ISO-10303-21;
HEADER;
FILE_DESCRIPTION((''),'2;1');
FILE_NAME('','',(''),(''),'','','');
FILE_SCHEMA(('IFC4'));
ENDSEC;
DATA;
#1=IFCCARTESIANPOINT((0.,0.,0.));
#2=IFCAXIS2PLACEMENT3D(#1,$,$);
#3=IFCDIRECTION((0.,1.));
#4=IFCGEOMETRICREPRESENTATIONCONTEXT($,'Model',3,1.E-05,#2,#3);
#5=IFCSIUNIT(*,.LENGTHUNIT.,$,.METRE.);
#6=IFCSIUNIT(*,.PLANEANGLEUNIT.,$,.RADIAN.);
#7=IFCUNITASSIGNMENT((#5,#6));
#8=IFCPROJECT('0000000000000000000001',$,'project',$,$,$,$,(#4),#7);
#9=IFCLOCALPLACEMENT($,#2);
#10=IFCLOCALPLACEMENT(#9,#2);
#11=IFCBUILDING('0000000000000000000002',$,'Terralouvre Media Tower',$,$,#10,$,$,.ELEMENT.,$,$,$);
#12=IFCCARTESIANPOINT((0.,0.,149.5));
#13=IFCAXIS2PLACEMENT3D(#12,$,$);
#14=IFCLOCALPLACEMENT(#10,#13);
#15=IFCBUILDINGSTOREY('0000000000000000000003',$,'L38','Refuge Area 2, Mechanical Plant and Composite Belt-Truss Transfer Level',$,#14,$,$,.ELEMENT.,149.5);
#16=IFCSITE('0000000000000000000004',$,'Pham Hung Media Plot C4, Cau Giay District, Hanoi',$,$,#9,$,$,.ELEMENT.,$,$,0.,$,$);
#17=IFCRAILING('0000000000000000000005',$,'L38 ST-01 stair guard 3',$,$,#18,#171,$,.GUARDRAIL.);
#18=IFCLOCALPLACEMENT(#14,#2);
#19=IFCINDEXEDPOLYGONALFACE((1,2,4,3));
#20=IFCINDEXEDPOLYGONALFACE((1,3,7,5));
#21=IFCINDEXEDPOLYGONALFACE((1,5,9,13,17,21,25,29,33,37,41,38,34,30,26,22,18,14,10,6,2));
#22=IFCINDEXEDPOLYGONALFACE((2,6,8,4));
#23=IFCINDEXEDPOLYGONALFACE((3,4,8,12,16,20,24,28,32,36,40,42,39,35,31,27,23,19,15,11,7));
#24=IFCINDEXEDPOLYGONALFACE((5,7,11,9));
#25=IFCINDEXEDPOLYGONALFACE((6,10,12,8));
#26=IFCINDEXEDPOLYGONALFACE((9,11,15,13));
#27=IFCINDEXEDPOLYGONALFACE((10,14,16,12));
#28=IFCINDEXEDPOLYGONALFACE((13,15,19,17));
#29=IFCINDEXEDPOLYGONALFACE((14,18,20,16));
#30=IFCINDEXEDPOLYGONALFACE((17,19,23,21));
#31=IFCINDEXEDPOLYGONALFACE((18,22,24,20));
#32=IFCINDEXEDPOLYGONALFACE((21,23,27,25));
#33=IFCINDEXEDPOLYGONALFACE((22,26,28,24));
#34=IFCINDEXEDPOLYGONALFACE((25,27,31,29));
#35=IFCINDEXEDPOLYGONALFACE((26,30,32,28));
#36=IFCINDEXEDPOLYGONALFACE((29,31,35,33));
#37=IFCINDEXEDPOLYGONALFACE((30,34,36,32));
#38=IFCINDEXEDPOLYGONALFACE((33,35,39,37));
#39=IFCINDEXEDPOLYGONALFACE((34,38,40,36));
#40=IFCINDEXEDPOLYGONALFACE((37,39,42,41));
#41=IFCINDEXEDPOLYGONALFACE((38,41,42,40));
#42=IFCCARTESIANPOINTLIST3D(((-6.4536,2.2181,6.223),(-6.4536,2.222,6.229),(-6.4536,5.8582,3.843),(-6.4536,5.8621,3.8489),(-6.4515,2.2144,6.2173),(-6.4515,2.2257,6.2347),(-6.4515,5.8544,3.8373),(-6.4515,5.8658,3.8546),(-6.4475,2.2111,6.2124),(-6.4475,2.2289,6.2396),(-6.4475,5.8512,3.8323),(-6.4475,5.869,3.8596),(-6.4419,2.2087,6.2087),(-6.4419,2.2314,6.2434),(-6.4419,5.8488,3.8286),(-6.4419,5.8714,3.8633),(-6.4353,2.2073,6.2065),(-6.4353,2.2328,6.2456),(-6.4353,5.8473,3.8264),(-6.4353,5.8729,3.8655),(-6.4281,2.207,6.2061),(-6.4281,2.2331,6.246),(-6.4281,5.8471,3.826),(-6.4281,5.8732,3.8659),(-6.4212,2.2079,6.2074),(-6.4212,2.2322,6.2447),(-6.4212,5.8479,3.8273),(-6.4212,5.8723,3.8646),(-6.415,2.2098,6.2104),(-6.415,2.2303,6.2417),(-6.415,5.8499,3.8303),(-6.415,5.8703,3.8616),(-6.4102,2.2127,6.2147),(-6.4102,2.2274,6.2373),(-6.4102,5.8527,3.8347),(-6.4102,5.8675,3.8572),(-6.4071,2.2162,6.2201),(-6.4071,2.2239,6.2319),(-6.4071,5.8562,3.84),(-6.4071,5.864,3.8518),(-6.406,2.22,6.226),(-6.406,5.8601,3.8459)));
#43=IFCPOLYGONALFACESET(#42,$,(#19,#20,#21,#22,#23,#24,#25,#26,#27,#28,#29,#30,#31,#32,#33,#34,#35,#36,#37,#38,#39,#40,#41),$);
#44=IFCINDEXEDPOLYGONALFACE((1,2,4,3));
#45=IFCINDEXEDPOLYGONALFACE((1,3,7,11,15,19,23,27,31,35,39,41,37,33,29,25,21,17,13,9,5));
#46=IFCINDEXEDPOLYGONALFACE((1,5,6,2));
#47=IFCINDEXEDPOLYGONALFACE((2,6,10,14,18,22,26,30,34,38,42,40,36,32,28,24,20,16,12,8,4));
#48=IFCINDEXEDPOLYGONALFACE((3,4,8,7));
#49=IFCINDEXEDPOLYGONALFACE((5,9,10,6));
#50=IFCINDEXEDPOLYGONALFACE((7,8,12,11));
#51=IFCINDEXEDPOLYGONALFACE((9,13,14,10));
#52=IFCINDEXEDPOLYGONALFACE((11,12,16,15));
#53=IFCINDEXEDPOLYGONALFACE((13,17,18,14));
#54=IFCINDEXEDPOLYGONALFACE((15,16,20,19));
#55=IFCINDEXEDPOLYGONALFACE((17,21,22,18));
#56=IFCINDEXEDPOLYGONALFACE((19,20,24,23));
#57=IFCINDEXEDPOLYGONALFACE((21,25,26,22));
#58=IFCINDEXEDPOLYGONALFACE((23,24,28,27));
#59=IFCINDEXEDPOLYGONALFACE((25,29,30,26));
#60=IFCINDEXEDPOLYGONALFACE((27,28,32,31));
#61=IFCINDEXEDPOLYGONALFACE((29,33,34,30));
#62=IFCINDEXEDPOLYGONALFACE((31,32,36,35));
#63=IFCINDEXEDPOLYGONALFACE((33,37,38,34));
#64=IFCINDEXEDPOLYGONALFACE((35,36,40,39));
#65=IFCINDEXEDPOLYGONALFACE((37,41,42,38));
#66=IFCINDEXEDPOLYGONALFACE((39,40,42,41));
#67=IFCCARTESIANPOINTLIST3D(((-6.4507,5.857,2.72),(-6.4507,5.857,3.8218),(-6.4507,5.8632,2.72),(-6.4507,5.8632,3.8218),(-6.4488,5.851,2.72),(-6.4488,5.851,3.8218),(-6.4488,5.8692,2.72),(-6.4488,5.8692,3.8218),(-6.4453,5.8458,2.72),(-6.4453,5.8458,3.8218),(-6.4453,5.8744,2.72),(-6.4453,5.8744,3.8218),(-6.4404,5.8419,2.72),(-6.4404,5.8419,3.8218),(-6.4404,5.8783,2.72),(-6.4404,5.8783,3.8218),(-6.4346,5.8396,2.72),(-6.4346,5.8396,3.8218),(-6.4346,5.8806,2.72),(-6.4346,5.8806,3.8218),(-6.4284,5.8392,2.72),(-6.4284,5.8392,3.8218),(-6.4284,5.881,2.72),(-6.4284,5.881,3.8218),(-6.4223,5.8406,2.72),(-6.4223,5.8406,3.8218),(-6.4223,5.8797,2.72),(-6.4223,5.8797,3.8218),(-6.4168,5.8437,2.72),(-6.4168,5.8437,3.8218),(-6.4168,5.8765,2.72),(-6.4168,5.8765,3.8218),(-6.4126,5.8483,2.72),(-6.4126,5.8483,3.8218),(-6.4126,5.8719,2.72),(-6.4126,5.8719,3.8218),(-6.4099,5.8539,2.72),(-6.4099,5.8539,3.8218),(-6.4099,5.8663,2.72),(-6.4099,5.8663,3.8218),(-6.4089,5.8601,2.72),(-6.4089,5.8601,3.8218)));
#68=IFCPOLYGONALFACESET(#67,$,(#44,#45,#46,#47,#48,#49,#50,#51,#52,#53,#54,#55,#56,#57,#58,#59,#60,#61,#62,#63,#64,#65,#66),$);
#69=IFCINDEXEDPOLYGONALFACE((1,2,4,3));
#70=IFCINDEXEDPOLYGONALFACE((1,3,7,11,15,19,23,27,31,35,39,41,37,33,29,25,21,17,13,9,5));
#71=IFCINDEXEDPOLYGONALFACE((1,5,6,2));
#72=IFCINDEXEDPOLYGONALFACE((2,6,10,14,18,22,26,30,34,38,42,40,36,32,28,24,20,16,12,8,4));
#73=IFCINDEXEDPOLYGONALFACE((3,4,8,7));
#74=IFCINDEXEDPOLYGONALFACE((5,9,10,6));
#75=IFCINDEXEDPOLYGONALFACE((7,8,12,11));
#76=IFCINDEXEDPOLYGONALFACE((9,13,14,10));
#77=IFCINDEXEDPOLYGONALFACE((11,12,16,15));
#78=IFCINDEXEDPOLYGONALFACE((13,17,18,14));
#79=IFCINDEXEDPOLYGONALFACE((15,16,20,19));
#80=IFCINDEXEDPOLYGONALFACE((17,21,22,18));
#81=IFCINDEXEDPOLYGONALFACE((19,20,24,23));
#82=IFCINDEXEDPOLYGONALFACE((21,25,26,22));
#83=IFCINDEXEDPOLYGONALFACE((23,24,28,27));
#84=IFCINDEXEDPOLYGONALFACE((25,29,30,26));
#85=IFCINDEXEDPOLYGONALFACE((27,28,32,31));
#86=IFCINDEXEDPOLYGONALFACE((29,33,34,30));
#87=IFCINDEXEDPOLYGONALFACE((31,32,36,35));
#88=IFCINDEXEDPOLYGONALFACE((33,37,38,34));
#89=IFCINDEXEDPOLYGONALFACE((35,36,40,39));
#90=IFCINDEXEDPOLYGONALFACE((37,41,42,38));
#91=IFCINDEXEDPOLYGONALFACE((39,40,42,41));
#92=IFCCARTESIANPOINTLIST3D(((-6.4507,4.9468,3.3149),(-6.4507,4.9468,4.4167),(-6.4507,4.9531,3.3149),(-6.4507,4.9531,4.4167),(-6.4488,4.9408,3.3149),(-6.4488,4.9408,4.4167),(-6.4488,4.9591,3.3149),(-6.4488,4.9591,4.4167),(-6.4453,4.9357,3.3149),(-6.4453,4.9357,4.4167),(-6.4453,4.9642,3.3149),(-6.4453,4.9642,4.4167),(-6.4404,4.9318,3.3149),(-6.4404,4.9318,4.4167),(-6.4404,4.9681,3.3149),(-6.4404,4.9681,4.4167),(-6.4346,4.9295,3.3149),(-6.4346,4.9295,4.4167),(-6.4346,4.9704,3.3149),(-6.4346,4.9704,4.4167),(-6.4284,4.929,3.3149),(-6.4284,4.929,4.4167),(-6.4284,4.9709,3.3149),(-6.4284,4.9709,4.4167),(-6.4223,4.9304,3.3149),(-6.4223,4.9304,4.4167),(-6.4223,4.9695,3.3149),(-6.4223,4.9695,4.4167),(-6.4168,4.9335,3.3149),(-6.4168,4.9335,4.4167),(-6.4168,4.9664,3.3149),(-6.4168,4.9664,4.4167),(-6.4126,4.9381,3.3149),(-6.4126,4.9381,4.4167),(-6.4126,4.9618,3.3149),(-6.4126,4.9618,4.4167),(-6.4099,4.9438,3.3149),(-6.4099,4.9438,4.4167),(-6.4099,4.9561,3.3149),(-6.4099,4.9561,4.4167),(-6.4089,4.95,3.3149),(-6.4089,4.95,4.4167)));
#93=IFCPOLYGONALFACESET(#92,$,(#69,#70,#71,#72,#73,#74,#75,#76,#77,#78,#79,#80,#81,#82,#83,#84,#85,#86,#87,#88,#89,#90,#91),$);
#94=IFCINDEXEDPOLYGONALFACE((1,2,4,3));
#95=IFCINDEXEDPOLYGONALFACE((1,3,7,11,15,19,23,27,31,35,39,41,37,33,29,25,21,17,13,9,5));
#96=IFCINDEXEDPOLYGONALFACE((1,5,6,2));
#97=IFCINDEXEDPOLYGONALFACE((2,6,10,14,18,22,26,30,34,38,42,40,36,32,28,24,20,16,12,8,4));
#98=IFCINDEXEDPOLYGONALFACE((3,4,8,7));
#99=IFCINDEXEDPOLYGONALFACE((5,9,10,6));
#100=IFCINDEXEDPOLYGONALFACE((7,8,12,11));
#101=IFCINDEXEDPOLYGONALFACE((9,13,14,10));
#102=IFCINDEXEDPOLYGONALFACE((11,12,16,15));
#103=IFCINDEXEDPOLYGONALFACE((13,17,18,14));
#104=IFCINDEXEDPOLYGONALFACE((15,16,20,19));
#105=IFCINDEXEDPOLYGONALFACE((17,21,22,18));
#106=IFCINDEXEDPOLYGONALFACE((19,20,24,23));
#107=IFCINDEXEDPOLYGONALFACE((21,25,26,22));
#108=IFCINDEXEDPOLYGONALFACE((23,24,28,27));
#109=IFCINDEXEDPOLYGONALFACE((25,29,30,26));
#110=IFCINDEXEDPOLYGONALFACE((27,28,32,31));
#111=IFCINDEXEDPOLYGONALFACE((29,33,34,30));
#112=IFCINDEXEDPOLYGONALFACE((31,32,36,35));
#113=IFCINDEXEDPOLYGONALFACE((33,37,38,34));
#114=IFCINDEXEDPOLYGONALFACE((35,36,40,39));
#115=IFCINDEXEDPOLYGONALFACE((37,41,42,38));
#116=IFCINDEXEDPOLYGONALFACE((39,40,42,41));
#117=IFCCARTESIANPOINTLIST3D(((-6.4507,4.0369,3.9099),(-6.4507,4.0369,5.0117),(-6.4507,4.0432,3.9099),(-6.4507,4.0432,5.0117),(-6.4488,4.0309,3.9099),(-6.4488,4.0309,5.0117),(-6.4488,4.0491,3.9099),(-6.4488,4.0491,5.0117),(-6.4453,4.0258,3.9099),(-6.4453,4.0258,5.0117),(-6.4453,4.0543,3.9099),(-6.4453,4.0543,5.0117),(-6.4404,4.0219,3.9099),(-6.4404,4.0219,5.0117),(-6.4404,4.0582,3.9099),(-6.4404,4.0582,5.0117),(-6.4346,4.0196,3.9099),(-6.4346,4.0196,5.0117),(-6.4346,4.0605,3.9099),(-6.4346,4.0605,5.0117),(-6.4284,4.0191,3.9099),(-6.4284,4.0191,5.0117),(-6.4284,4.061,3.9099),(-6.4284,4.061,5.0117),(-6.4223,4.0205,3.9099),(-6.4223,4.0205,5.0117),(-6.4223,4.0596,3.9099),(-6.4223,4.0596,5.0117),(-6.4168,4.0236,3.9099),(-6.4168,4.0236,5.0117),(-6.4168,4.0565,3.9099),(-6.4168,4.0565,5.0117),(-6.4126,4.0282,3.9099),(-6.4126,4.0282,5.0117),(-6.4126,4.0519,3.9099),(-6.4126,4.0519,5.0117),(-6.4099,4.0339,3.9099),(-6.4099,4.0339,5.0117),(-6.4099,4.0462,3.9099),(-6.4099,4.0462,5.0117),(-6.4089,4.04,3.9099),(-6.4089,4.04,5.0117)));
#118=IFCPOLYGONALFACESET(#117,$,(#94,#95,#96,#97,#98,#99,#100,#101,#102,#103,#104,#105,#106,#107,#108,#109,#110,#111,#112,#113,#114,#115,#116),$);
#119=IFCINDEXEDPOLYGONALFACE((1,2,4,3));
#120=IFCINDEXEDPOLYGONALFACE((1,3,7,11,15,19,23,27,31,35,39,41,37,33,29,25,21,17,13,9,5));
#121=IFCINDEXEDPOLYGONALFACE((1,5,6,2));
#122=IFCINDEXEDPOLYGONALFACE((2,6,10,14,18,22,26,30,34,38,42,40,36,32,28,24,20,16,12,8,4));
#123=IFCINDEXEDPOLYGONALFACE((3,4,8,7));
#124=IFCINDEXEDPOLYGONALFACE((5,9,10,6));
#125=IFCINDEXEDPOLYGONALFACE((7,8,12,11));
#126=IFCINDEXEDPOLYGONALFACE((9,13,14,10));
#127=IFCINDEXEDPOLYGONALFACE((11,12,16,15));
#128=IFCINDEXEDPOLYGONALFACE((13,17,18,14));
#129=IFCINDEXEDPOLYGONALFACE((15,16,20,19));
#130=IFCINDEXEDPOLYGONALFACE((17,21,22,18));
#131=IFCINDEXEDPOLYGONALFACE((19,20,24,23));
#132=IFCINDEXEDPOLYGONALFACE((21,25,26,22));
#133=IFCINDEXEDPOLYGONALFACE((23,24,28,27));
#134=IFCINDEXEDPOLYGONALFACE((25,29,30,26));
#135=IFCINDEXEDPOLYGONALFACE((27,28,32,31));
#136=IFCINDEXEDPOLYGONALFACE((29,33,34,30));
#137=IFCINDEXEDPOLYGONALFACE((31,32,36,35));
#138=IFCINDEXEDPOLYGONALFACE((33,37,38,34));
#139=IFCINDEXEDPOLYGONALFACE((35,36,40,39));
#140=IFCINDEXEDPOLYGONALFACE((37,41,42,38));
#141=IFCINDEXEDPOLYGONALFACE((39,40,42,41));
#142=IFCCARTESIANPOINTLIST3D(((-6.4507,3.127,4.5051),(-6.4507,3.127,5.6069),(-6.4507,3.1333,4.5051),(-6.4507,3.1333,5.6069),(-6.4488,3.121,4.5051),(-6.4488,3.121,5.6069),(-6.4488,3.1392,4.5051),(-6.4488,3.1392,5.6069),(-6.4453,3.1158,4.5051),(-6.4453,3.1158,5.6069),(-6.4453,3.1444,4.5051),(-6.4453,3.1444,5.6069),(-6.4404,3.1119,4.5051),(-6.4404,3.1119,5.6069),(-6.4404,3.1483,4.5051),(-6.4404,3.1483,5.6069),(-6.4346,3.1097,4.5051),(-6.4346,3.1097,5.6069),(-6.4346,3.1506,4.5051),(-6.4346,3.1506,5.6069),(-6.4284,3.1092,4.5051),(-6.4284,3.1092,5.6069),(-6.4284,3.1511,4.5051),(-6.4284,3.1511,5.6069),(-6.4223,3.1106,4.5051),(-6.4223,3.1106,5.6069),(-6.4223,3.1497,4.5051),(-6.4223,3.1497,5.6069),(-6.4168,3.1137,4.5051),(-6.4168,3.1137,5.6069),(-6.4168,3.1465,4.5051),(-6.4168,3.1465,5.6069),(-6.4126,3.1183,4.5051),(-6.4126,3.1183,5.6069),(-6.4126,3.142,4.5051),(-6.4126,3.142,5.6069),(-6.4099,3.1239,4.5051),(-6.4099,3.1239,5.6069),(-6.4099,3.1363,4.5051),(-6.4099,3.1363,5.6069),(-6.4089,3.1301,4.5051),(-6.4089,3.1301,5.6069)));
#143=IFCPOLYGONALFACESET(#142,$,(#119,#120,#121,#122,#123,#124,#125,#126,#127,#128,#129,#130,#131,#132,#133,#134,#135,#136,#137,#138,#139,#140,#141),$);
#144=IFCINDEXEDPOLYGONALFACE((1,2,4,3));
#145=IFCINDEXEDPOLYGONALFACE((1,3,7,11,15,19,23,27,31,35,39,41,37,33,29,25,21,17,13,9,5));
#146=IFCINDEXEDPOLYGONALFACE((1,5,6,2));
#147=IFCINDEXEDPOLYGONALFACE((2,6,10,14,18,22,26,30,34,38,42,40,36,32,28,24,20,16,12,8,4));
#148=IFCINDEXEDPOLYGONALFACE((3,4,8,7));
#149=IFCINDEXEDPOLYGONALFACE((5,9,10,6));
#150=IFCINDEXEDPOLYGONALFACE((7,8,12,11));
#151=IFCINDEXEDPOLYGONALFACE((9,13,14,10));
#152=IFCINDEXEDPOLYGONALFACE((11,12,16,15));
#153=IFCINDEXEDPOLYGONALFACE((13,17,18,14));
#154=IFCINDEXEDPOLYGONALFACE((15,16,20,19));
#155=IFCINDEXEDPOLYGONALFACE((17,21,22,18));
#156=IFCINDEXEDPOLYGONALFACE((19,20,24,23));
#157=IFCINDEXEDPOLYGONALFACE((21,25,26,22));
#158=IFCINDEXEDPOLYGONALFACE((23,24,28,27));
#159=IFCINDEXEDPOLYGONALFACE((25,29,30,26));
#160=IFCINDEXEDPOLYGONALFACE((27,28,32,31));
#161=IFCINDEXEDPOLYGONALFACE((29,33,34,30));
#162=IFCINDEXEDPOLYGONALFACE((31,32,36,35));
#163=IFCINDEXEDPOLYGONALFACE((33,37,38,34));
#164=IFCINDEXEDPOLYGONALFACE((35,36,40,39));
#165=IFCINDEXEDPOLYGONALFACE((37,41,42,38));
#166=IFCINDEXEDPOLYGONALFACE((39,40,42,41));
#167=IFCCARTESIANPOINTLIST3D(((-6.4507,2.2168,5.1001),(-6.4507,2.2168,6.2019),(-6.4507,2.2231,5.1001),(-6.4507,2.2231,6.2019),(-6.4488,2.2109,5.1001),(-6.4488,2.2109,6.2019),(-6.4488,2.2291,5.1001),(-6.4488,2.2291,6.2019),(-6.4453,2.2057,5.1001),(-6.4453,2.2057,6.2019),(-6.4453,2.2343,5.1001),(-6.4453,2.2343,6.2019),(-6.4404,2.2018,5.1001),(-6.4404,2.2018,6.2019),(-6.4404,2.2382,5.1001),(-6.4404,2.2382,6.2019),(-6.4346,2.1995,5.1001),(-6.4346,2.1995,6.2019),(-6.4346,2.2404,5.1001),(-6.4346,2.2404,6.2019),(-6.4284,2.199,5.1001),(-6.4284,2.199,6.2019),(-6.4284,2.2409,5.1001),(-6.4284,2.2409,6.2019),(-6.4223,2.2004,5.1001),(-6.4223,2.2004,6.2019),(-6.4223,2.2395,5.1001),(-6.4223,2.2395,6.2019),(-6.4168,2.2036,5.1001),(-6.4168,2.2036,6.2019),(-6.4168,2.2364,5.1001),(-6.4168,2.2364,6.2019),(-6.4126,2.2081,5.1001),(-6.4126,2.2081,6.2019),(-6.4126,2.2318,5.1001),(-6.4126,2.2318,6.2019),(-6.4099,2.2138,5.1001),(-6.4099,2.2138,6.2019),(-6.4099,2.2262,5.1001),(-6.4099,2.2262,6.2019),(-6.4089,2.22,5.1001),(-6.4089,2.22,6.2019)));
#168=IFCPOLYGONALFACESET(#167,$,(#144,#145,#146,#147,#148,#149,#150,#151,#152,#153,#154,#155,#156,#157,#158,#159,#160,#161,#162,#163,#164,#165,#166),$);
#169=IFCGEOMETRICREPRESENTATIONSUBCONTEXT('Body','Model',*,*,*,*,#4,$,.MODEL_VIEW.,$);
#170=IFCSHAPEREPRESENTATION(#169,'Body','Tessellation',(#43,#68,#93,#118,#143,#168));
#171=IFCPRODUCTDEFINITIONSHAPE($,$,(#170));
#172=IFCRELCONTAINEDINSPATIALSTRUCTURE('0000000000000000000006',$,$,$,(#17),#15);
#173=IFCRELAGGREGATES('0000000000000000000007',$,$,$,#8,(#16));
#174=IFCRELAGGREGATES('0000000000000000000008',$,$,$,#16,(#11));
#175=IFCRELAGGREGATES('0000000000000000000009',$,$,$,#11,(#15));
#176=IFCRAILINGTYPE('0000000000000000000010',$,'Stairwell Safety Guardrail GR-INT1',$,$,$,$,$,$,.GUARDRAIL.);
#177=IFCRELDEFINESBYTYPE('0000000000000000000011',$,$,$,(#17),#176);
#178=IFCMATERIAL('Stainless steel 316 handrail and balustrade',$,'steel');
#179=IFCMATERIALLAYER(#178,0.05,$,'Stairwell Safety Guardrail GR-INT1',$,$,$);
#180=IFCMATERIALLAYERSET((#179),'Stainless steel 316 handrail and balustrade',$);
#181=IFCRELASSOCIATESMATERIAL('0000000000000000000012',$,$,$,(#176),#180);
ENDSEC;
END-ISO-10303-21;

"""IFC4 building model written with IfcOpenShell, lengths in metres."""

from ifc_helpers import new_model, si_unit, direction, frame, origin, origin_2d, place, context, subcontext, project, spatial, circle, extrude, material, layer, layer_set, type_object, element, save


model = new_model("IFC4")

# Units and contexts
model_context = context("Model", 3, precision=1e-05, world=origin(), true_north=direction((0.0, 1.0)))
body_context = subcontext(model_context, "Body", "Model", "MODEL_VIEW")
ifc_project = project(units=[si_unit("LENGTHUNIT", "METRE"), si_unit("PLANEANGLEUNIT", "RADIAN")], contexts=[model_context])

# Site, building, storey
site_placement = place(None, origin())
site = spatial("IfcSite", under=ifc_project, at=site_placement, Name="Pham Hung Media Plot C4, Cau Giay District, Hanoi", CompositionType="ELEMENT", RefElevation=0.0)
building_placement = place(site_placement, origin())
building = spatial("IfcBuilding", under=site, at=building_placement, Name="Terralouvre Media Tower", CompositionType="ELEMENT")
storey_placement = place(building_placement, frame((0.0, 0.0, 149.5)))
storey = spatial("IfcBuildingStorey", under=building, at=storey_placement, Name="L38", Description="Refuge Area 2, Mechanical Plant and Composite Belt-Truss Transfer Level", CompositionType="ELEMENT", Elevation=149.5)

# Railing
ifc_material_1 = material(Name="Stainless steel 316 handrail and balustrade", Category="steel")
ifc_layer_1 = layer(ifc_material_1, 0.05, Name="Stairwell Safety Guardrail GR-INT1")
ifc_layer_set_1 = layer_set([ifc_layer_1], Name="Stainless steel 316 handrail and balustrade")
railing_type_1 = type_object("IfcRailingType", Name="Stairwell Safety Guardrail GR-INT1", PredefinedType="GUARDRAIL", material=ifc_layer_set_1)
railing_1_placement = place(storey_placement, frame((-6.4299, 5.8601, 2.72)))
element("IfcRailing", 1, at=railing_1_placement, inside=storey, type_object=railing_type_1, Name="L38 ST-01 stair guard 3", PredefinedType="GUARDRAIL", context=body_context, shape_type="SweptSolid", body=[
    extrude(circle(Radius=0.0239, at=origin_2d()), frame((0.0, 0.0, 1.126), z_axis=(0.0, -0.836966, 0.547255), x_axis=(1.0, 0.0, 0.0)), (0.0, 0.0, 1.0), 4.3491),
    extrude(circle(Radius=0.021, at=origin_2d()), origin(), (0.0, 0.0, 1.0), 1.1018),
    extrude(circle(Radius=0.021, at=origin_2d()), frame((0.0, -0.9102, 0.595)), (0.0, 0.0, 1.0), 1.1018),
    extrude(circle(Radius=0.021, at=origin_2d()), frame((0.0, -1.8201, 1.1899)), (0.0, 0.0, 1.0), 1.1018),
    extrude(circle(Radius=0.021, at=origin_2d()), frame((0.0, -2.73, 1.7852)), (0.0, 0.0, 1.0), 1.1018),
    extrude(circle(Radius=0.021, at=origin_2d()), frame((0.0, -3.6401, 2.3801)), (0.0, 0.0, 1.0), 1.1018),
])

save(model, "model.ifc")
